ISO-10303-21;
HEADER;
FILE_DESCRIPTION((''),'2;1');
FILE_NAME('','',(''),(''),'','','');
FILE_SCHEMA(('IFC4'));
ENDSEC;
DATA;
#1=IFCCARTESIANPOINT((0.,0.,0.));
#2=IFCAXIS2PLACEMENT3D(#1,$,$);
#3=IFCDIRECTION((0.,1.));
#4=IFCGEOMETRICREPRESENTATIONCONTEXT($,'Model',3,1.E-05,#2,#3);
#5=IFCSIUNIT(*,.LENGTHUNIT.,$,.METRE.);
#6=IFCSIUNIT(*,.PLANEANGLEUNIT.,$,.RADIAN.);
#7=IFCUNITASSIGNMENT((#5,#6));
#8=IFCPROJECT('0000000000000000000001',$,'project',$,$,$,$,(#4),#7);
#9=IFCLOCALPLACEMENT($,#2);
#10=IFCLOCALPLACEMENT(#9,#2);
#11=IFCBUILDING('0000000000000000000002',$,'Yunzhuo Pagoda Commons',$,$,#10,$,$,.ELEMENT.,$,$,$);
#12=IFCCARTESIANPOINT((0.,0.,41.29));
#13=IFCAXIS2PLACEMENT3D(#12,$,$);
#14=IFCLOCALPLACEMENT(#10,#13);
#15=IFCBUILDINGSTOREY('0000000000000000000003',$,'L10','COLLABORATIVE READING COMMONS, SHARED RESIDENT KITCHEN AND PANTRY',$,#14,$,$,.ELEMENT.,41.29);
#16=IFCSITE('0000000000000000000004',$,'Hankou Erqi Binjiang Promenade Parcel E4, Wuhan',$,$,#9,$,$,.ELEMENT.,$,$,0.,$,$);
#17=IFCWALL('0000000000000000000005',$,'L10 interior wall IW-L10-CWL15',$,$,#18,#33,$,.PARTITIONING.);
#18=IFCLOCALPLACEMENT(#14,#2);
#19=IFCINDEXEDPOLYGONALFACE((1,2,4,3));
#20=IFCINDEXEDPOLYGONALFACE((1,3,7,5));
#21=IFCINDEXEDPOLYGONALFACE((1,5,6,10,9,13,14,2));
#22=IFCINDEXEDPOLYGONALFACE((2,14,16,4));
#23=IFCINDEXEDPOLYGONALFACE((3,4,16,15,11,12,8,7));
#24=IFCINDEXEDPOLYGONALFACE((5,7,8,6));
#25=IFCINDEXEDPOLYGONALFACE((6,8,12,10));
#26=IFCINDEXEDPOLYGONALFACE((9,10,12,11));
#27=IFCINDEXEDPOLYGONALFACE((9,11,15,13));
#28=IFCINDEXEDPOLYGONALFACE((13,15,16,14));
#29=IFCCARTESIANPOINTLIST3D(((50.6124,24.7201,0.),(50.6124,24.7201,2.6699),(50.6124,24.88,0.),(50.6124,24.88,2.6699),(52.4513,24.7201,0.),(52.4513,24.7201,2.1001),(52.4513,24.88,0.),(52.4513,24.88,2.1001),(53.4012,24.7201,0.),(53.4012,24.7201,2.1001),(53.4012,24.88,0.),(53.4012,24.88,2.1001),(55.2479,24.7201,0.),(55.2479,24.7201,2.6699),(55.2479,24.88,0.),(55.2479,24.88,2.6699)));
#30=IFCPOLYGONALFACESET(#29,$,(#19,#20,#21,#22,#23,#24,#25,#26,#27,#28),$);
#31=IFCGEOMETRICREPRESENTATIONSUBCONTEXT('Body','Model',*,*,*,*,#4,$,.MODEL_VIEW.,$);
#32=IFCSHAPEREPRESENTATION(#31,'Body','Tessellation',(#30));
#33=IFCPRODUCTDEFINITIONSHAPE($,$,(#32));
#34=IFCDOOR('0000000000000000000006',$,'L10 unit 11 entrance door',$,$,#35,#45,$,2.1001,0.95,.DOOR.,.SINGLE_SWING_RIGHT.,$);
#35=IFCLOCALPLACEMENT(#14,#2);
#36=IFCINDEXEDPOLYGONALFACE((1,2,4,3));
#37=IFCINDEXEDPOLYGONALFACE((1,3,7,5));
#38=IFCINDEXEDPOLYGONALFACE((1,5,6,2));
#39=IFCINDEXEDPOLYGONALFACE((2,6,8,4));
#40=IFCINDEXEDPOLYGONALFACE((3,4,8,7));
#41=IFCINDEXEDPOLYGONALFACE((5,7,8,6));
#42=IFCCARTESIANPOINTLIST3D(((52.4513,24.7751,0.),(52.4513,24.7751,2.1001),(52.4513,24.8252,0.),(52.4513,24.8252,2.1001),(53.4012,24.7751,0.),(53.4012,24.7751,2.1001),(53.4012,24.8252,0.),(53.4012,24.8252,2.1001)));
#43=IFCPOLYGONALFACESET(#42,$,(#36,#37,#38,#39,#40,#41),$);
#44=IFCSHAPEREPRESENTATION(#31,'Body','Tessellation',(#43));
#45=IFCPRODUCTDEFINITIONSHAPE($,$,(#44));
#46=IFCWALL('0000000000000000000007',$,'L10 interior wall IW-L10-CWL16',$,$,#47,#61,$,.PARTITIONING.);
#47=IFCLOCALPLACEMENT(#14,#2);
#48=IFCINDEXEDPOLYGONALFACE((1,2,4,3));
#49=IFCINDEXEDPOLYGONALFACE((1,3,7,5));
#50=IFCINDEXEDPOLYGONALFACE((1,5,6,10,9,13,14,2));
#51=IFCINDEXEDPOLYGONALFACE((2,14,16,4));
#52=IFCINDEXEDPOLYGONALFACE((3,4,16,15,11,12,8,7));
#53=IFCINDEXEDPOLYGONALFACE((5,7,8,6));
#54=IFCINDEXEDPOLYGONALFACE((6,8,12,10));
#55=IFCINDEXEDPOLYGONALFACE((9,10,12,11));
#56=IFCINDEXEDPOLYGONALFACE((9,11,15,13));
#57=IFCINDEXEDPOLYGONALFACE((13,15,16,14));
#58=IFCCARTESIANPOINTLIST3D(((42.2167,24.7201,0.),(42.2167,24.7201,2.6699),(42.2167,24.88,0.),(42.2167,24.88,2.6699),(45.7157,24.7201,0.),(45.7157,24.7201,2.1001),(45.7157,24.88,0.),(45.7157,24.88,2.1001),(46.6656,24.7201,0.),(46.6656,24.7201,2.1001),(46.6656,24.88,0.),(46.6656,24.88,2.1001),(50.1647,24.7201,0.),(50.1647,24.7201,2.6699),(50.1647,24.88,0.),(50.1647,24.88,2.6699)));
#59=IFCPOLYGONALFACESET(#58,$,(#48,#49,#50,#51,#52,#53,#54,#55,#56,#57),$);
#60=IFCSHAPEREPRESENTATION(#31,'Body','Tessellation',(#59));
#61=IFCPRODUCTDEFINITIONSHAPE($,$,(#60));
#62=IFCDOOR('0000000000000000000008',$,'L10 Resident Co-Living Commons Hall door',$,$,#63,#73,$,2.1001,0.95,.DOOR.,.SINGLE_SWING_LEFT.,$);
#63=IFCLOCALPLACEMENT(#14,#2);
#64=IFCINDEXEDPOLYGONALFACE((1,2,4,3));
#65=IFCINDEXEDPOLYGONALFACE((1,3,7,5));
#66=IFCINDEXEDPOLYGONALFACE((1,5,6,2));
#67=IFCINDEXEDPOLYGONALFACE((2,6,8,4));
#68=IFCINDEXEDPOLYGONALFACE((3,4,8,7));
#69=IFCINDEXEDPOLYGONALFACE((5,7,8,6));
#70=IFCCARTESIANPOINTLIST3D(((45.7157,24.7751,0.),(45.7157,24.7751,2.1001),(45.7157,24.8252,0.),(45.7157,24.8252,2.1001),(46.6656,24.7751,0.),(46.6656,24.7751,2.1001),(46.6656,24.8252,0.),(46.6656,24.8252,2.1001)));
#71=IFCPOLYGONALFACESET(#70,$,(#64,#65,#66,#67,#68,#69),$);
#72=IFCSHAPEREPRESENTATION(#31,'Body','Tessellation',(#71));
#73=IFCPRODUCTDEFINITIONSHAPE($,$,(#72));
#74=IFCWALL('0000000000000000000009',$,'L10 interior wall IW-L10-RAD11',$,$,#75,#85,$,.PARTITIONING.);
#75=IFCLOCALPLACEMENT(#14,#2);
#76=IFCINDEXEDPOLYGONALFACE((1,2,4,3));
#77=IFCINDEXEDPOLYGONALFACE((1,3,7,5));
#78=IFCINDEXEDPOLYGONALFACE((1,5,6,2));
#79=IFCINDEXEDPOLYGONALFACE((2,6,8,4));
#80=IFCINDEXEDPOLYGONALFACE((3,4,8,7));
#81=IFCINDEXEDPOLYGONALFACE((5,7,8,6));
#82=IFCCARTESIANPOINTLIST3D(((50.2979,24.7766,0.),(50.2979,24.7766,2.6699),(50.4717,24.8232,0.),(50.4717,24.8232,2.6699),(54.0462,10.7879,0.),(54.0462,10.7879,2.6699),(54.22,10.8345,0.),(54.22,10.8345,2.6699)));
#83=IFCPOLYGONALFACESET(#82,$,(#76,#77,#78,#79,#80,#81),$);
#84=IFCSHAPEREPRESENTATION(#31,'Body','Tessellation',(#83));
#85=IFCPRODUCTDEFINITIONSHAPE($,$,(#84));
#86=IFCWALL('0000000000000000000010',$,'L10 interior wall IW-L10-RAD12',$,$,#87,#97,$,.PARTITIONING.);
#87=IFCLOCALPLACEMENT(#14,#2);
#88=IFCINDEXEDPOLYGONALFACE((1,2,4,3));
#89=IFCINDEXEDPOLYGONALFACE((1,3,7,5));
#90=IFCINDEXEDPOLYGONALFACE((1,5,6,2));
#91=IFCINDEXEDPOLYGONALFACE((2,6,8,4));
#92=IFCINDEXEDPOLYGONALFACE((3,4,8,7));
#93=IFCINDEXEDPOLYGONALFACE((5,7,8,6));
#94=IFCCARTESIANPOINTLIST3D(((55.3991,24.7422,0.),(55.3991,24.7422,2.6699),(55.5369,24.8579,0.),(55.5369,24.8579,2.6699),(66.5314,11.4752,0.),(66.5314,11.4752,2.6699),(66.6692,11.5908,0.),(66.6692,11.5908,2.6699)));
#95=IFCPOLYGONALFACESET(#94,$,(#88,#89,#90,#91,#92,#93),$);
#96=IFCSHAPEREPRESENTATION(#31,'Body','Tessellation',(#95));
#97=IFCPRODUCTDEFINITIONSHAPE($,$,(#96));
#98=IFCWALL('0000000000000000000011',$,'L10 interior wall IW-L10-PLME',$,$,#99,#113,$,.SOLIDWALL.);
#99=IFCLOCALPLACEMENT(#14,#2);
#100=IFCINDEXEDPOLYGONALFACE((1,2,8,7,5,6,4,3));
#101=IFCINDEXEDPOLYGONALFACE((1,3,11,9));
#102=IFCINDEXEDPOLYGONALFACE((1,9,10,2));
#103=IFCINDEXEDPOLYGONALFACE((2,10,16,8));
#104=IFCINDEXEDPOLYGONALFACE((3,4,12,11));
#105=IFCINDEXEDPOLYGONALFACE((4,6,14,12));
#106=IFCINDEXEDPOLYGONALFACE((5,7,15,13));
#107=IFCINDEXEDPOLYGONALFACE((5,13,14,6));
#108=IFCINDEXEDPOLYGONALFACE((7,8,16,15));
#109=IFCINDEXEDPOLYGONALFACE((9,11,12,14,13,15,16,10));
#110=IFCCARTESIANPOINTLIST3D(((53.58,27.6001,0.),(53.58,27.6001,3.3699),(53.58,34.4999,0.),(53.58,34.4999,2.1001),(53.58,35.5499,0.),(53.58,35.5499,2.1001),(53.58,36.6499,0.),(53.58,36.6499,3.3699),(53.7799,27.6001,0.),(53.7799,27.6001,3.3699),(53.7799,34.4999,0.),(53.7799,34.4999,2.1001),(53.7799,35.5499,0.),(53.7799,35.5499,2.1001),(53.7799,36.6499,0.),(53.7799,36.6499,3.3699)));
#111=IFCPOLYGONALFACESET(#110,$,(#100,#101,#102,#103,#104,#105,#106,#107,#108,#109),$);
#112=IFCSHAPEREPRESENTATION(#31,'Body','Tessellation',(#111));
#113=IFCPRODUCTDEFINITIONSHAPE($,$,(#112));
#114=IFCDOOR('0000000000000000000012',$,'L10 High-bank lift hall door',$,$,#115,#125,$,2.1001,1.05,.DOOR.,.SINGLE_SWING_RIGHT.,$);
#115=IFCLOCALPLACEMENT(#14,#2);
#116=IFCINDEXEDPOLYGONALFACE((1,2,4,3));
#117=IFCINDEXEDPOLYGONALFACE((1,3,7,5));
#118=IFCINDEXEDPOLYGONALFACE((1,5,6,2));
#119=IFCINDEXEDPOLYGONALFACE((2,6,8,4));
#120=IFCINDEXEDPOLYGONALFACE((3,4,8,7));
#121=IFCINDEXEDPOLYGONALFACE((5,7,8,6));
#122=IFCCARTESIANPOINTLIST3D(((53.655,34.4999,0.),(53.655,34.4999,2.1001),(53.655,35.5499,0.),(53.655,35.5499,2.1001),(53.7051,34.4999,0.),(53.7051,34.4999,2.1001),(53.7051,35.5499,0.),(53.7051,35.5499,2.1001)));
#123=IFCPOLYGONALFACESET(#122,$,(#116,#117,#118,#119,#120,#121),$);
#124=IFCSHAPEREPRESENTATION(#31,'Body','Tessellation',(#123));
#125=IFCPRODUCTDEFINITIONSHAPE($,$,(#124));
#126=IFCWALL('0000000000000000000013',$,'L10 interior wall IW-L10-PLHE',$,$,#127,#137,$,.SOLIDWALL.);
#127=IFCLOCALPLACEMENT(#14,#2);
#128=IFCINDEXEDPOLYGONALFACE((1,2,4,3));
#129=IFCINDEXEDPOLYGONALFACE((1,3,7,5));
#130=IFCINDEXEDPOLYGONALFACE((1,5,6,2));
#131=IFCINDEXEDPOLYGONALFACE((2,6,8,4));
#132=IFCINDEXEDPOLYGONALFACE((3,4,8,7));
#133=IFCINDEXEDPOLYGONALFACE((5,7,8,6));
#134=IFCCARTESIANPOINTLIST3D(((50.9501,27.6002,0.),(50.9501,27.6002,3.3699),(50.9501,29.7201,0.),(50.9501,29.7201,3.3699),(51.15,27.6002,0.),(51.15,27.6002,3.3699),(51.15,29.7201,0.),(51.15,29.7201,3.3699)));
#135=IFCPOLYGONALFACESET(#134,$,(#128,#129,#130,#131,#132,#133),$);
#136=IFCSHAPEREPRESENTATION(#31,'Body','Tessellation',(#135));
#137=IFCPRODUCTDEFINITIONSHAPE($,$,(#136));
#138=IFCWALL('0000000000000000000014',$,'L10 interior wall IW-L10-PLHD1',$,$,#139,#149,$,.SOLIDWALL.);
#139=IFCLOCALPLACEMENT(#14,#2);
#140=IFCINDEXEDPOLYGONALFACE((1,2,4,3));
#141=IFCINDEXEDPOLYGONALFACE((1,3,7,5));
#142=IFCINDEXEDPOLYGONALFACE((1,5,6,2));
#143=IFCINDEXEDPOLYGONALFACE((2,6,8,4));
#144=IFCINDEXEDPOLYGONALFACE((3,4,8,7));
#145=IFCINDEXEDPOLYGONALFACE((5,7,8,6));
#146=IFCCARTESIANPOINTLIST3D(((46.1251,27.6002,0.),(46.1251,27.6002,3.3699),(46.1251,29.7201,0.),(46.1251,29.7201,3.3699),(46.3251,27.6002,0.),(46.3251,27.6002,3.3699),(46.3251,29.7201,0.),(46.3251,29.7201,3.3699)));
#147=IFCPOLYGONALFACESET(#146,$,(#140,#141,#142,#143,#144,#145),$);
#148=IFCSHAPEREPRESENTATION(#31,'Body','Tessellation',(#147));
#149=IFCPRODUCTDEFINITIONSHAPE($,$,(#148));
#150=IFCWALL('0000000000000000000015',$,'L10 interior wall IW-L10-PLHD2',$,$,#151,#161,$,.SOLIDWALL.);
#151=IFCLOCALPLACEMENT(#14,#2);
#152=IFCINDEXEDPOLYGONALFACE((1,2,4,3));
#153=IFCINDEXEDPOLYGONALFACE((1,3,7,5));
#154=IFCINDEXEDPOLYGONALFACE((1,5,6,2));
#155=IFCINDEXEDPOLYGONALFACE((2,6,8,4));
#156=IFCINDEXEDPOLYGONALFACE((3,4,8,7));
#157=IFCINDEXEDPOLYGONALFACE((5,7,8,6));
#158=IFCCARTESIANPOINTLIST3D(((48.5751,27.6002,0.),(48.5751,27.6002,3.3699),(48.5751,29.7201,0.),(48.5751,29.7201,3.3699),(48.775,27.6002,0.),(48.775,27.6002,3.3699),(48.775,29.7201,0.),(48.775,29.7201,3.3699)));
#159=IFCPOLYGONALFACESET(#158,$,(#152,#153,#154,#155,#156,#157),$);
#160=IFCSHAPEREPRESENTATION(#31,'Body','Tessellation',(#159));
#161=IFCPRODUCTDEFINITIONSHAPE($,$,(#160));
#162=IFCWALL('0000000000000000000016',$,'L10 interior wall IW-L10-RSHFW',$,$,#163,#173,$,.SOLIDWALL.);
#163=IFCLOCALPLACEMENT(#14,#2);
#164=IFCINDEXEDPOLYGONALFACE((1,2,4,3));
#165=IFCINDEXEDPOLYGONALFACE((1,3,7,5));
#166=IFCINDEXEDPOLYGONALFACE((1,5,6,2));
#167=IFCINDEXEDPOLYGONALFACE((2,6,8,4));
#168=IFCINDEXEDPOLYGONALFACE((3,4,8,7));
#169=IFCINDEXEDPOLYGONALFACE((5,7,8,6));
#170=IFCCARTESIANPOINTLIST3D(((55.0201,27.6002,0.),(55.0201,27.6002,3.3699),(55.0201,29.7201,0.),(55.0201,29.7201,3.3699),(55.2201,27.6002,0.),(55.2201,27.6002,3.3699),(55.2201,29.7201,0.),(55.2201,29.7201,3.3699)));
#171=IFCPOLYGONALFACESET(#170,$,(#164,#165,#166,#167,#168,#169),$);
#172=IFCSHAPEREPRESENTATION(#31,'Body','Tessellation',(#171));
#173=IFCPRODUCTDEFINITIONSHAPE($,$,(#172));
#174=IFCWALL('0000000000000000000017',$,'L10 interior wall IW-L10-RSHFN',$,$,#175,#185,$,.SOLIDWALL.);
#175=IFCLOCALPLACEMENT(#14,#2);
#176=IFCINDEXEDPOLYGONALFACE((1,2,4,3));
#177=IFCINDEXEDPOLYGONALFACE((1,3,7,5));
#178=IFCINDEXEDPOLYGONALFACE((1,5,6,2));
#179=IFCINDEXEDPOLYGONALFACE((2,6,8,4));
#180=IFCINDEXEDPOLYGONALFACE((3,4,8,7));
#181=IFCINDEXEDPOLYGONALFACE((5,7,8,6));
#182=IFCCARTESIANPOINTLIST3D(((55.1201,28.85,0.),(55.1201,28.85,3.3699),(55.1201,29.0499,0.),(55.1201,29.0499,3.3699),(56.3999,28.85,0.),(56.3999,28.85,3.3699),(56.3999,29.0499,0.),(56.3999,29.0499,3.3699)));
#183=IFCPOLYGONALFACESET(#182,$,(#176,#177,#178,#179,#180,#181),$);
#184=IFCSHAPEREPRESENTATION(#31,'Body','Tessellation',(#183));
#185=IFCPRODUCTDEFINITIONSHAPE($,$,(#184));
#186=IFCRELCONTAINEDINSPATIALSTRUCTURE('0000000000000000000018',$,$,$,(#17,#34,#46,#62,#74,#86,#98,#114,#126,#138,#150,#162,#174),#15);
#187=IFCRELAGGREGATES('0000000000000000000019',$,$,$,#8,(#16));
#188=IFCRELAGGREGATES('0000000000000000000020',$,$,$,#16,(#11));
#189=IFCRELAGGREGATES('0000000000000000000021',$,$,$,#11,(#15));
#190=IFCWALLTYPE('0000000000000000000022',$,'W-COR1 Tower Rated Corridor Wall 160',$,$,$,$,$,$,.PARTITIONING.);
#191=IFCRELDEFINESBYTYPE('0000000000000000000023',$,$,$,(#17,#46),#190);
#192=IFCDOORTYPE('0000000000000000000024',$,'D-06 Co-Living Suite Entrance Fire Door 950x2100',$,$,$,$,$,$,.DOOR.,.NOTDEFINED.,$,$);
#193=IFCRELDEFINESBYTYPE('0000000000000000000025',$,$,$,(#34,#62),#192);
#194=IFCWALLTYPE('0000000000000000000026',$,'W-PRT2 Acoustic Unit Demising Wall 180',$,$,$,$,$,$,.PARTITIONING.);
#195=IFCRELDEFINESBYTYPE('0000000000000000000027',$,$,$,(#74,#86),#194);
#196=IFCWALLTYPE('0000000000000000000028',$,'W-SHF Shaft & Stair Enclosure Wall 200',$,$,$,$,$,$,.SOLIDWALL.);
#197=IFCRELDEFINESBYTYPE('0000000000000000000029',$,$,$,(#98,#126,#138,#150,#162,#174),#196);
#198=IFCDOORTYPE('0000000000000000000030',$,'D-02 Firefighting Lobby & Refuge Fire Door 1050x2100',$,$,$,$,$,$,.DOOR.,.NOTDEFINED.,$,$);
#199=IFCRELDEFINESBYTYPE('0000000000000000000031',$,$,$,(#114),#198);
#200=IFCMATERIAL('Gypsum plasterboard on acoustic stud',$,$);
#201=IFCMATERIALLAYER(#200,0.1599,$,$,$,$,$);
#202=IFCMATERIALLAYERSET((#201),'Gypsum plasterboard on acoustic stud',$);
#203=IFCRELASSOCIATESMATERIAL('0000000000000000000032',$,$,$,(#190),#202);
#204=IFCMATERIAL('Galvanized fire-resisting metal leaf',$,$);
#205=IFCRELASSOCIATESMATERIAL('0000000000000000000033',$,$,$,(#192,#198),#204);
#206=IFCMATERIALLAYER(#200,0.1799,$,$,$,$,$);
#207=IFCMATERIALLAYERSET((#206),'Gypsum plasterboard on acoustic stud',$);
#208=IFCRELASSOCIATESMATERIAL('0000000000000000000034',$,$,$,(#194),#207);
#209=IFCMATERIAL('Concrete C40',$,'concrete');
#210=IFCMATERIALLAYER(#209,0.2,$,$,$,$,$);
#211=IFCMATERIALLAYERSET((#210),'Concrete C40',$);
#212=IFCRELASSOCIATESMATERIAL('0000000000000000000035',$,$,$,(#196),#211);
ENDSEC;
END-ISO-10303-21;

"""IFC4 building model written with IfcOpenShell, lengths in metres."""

from ifc_helpers import new_model, si_unit, direction, frame, frame_2d, origin, origin_with_axes, place, context, subcontext, project, spatial, rectangle, extrude, source, transform, mapped, material, layer, layer_set, type_object, element, fill, save


model = new_model("IFC4")

# Units and contexts
model_context = context("Model", 3, precision=1e-05, world=origin(), true_north=direction((0.0, 1.0)))
body_context = subcontext(model_context, "Body", "Model", "MODEL_VIEW")
ifc_project = project(units=[si_unit("LENGTHUNIT", "METRE"), si_unit("PLANEANGLEUNIT", "RADIAN")], contexts=[model_context])

# Site, building, storey
site_placement = place(None, origin())
site = spatial("IfcSite", under=ifc_project, at=site_placement, Name="Hankou Erqi Binjiang Promenade Parcel E4, Wuhan", CompositionType="ELEMENT", RefElevation=0.0)
building_placement = place(site_placement, origin())
building = spatial("IfcBuilding", under=site, at=building_placement, Name="Yunzhuo Pagoda Commons", CompositionType="ELEMENT")
storey_placement = place(building_placement, frame((0.0, 0.0, 41.29)))
storey = spatial("IfcBuildingStorey", under=building, at=storey_placement, Name="L10", Description="COLLABORATIVE READING COMMONS, SHARED RESIDENT KITCHEN AND PANTRY", CompositionType="ELEMENT", Elevation=41.29)

# Walls, openings, doors
ifc_material_1 = material(Name="Gypsum plasterboard on acoustic stud")
ifc_layer_1 = layer(ifc_material_1, 0.1599)
ifc_layer_set_1 = layer_set([ifc_layer_1], Name="Gypsum plasterboard on acoustic stud")
wall_type_1 = type_object("IfcWallType", Name="W-COR1 Tower Rated Corridor Wall 160", PredefinedType="PARTITIONING", material=ifc_layer_set_1)
ifc_material_2 = material(Name="Galvanized fire-resisting metal leaf")
wall_1_placement = place(storey_placement, frame((55.248, 24.8, 0.0), z_axis=(0.0, 0.0, 1.0), x_axis=(-1.0, 0.0, 0.0)))
wall_1 = element("IfcWall", 1, at=wall_1_placement, inside=storey, type_object=wall_type_1, Name="L10 interior wall IW-L10-CWL15", PredefinedType="PARTITIONING", context=body_context, shape_type="SweptSolid", body=[
    extrude(rectangle(XDim=4.6355, YDim=0.1599, at=frame_2d((2.3179, 0.0))), origin(), (0.0, 0.0, 1.0), 2.6699),
])
opening_1_placement = place(wall_1_placement, frame((1.8467, 0.0, 0.0)))
opening_1 = element("IfcOpeningElement", 2, at=opening_1_placement, cuts=wall_1, PredefinedType="OPENING", context=body_context, shape_type="SweptSolid", body=[
    extrude(rectangle(XDim=0.95, YDim=2.1001, at=frame_2d((0.4751, 1.05))), frame((0.0, 0.0898, 0.0), z_axis=(0.0, -1.0, 0.0), x_axis=(1.0, 0.0, 0.0)), (0.0, 0.0, 1.0), 0.1799),
])
door_type_1 = type_object("IfcDoorType", Name="D-06 Co-Living Suite Entrance Fire Door 950x2100", OperationType="NOTDEFINED", PredefinedType="DOOR", material=ifc_material_2)
shared_shape_1 = source(origin(), body_context, "Body", "SweptSolid", [
    extrude(rectangle(XDim=0.95, YDim=2.1001, at=frame_2d((0.4751, 1.05))), frame((0.0, 0.0249, 0.0), z_axis=(0.0, -1.0, 0.0), x_axis=(1.0, 0.0, 0.0)), (0.0, 0.0, 1.0), 0.05),
])
door_1_placement = place(opening_1_placement, origin_with_axes())
door_1 = element("IfcDoor", 3, at=door_1_placement, inside=storey, type_object=door_type_1, Name="L10 unit 11 entrance door", OperationType="SINGLE_SWING_RIGHT", OverallHeight=2.1001, OverallWidth=0.95, PredefinedType="DOOR", context=body_context, shape_type="MappedRepresentation", body=[
    mapped(shared_shape_1, transform((0.0, 0.0, 0.0), scale=1.0)),
])
fill(opening_1, door_1)
wall_2_placement = place(storey_placement, frame((50.1648, 24.8, 0.0), z_axis=(0.0, 0.0, 1.0), x_axis=(-1.0, 0.0, 0.0)))
wall_2 = element("IfcWall", 4, at=wall_2_placement, inside=storey, type_object=wall_type_1, Name="L10 interior wall IW-L10-CWL16", PredefinedType="PARTITIONING", context=body_context, shape_type="SweptSolid", body=[
    extrude(rectangle(XDim=7.948, YDim=0.1599, at=frame_2d((3.9741, 0.0))), origin(), (0.0, 0.0, 1.0), 2.6699),
])
opening_2_placement = place(wall_2_placement, frame((3.499, 0.0, 0.0)))
opening_2 = element("IfcOpeningElement", 5, at=opening_2_placement, cuts=wall_2, PredefinedType="OPENING", context=body_context, shape_type="SweptSolid", body=[
    extrude(rectangle(XDim=0.95, YDim=2.1001, at=frame_2d((0.4751, 1.05))), frame((0.0, 0.0898, 0.0), z_axis=(0.0, -1.0, 0.0), x_axis=(1.0, 0.0, 0.0)), (0.0, 0.0, 1.0), 0.1799),
])
door_2_placement = place(opening_2_placement, origin_with_axes())
door_2 = element("IfcDoor", 6, at=door_2_placement, inside=storey, type_object=door_type_1, Name="L10 Resident Co-Living Commons Hall door", OperationType="SINGLE_SWING_LEFT", OverallHeight=2.1001, OverallWidth=0.95, PredefinedType="DOOR", context=body_context, shape_type="MappedRepresentation", body=[
    mapped(shared_shape_1, transform((0.0, 0.0, 0.0), scale=1.0)),
])
fill(opening_2, door_2)

# Walls
ifc_layer_2 = layer(ifc_material_1, 0.1799)
ifc_layer_set_2 = layer_set([ifc_layer_2], Name="Gypsum plasterboard on acoustic stud")
wall_type_2 = type_object("IfcWallType", Name="W-PRT2 Acoustic Unit Demising Wall 180", PredefinedType="PARTITIONING", material=ifc_layer_set_2)
wall_3_placement = place(storey_placement, frame((50.3848, 24.8, 0.0), z_axis=(0.0, 0.0, 1.0), x_axis=(0.25882, -0.965926, 0.0)))
element("IfcWall", 7, at=wall_3_placement, inside=storey, type_object=wall_type_2, Name="L10 interior wall IW-L10-RAD11", PredefinedType="PARTITIONING", context=body_context, shape_type="SweptSolid", body=[
    extrude(rectangle(XDim=14.4822, YDim=0.1799, at=frame_2d((7.2412, 0.0))), origin(), (0.0, 0.0, 1.0), 2.6699),
])
wall_4_placement = place(storey_placement, frame((55.468, 24.8, 0.0), z_axis=(0.0, 0.0, 1.0), x_axis=(0.642785, -0.766047, 0.0)))
element("IfcWall", 8, at=wall_4_placement, inside=storey, type_object=wall_type_2, Name="L10 interior wall IW-L10-RAD12", PredefinedType="PARTITIONING", context=body_context, shape_type="SweptSolid", body=[
    extrude(rectangle(XDim=17.3188, YDim=0.1799, at=frame_2d((8.6594, 0.0))), origin(), (0.0, 0.0, 1.0), 2.6699),
])

# Wall, opening, door
ifc_material_3 = material(Name="Concrete C40", Category="concrete")
ifc_layer_3 = layer(ifc_material_3, 0.2)
ifc_layer_set_3 = layer_set([ifc_layer_3], Name="Concrete C40")
wall_type_3 = type_object("IfcWallType", Name="W-SHF Shaft & Stair Enclosure Wall 200", PredefinedType="SOLIDWALL", material=ifc_layer_set_3)
wall_5_placement = place(storey_placement, frame((53.6799, 27.6001, 0.0), z_axis=(0.0, 0.0, 1.0), x_axis=(0.0, 1.0, 0.0)))
wall_5 = element("IfcWall", 9, at=wall_5_placement, inside=storey, type_object=wall_type_3, Name="L10 interior wall IW-L10-PLME", PredefinedType="SOLIDWALL", context=body_context, shape_type="SweptSolid", body=[
    extrude(rectangle(XDim=9.0498, YDim=0.2, at=frame_2d((4.5249, 0.0))), origin(), (0.0, 0.0, 1.0), 3.3699),
])
opening_3_placement = place(wall_5_placement, frame((6.8999, 0.0, 0.0)))
opening_3 = element("IfcOpeningElement", 10, at=opening_3_placement, cuts=wall_5, PredefinedType="OPENING", context=body_context, shape_type="SweptSolid", body=[
    extrude(rectangle(XDim=1.05, YDim=2.1001, at=frame_2d((0.5249, 1.05))), frame((0.0, 0.1099, 0.0), z_axis=(0.0, -1.0, 0.0), x_axis=(1.0, 0.0, 0.0)), (0.0, 0.0, 1.0), 0.22),
])
door_type_2 = type_object("IfcDoorType", Name="D-02 Firefighting Lobby & Refuge Fire Door 1050x2100", OperationType="NOTDEFINED", PredefinedType="DOOR", material=ifc_material_2)
shared_shape_2 = source(origin(), body_context, "Body", "SweptSolid", [
    extrude(rectangle(XDim=1.05, YDim=2.1001, at=frame_2d((0.5249, 1.05))), frame((0.0, 0.0249, 0.0), z_axis=(0.0, -1.0, 0.0), x_axis=(1.0, 0.0, 0.0)), (0.0, 0.0, 1.0), 0.05),
])
door_3_placement = place(opening_3_placement, origin_with_axes())
door_3 = element("IfcDoor", 11, at=door_3_placement, inside=storey, type_object=door_type_2, Name="L10 High-bank lift hall door", OperationType="SINGLE_SWING_RIGHT", OverallHeight=2.1001, OverallWidth=1.05, PredefinedType="DOOR", context=body_context, shape_type="MappedRepresentation", body=[
    mapped(shared_shape_2, transform((0.0, 0.0, 0.0), scale=1.0)),
])
fill(opening_3, door_3)

# Walls
for number, where, z_axis, x_axis, name in (
    (12, (51.05, 27.6001, 0.0), (0.0, 0.0, 1.0), (0.0, 1.0, 0.0), "L10 interior wall IW-L10-PLHE"),
    (13, (46.2251, 27.6001, 0.0), (0.0, 0.0, 1.0), (0.0, 1.0, 0.0), "L10 interior wall IW-L10-PLHD1"),
    (14, (48.675, 27.6001, 0.0), (0.0, 0.0, 1.0), (0.0, 1.0, 0.0), "L10 interior wall IW-L10-PLHD2"),
    (15, (55.1201, 27.6001, 0.0), (0.0, 0.0, 1.0), (0.0, 1.0, 0.0), "L10 interior wall IW-L10-RSHFW"),
):
    element("IfcWall", number, at=place(storey_placement, frame(where, z_axis=z_axis, x_axis=x_axis)), inside=storey, type_object=wall_type_3, Name=name, PredefinedType="SOLIDWALL", context=body_context, shape_type="SweptSolid", body=[
        extrude(rectangle(XDim=2.1199, YDim=0.2, at=frame_2d((1.0601, 0.0))), origin(), (0.0, 0.0, 1.0), 3.3699),
    ])
wall_6_placement = place(storey_placement, frame((55.1201, 28.95, 0.0), z_axis=(0.0, 0.0, 1.0), x_axis=(1.0, 0.0, 0.0)))
element("IfcWall", 16, at=wall_6_placement, inside=storey, type_object=wall_type_3, Name="L10 interior wall IW-L10-RSHFN", PredefinedType="SOLIDWALL", context=body_context, shape_type="SweptSolid", body=[
    extrude(rectangle(XDim=1.2798, YDim=0.2, at=frame_2d((0.6399, 0.0))), origin(), (0.0, 0.0, 1.0), 3.3699),
])

save(model, "model.ifc")
